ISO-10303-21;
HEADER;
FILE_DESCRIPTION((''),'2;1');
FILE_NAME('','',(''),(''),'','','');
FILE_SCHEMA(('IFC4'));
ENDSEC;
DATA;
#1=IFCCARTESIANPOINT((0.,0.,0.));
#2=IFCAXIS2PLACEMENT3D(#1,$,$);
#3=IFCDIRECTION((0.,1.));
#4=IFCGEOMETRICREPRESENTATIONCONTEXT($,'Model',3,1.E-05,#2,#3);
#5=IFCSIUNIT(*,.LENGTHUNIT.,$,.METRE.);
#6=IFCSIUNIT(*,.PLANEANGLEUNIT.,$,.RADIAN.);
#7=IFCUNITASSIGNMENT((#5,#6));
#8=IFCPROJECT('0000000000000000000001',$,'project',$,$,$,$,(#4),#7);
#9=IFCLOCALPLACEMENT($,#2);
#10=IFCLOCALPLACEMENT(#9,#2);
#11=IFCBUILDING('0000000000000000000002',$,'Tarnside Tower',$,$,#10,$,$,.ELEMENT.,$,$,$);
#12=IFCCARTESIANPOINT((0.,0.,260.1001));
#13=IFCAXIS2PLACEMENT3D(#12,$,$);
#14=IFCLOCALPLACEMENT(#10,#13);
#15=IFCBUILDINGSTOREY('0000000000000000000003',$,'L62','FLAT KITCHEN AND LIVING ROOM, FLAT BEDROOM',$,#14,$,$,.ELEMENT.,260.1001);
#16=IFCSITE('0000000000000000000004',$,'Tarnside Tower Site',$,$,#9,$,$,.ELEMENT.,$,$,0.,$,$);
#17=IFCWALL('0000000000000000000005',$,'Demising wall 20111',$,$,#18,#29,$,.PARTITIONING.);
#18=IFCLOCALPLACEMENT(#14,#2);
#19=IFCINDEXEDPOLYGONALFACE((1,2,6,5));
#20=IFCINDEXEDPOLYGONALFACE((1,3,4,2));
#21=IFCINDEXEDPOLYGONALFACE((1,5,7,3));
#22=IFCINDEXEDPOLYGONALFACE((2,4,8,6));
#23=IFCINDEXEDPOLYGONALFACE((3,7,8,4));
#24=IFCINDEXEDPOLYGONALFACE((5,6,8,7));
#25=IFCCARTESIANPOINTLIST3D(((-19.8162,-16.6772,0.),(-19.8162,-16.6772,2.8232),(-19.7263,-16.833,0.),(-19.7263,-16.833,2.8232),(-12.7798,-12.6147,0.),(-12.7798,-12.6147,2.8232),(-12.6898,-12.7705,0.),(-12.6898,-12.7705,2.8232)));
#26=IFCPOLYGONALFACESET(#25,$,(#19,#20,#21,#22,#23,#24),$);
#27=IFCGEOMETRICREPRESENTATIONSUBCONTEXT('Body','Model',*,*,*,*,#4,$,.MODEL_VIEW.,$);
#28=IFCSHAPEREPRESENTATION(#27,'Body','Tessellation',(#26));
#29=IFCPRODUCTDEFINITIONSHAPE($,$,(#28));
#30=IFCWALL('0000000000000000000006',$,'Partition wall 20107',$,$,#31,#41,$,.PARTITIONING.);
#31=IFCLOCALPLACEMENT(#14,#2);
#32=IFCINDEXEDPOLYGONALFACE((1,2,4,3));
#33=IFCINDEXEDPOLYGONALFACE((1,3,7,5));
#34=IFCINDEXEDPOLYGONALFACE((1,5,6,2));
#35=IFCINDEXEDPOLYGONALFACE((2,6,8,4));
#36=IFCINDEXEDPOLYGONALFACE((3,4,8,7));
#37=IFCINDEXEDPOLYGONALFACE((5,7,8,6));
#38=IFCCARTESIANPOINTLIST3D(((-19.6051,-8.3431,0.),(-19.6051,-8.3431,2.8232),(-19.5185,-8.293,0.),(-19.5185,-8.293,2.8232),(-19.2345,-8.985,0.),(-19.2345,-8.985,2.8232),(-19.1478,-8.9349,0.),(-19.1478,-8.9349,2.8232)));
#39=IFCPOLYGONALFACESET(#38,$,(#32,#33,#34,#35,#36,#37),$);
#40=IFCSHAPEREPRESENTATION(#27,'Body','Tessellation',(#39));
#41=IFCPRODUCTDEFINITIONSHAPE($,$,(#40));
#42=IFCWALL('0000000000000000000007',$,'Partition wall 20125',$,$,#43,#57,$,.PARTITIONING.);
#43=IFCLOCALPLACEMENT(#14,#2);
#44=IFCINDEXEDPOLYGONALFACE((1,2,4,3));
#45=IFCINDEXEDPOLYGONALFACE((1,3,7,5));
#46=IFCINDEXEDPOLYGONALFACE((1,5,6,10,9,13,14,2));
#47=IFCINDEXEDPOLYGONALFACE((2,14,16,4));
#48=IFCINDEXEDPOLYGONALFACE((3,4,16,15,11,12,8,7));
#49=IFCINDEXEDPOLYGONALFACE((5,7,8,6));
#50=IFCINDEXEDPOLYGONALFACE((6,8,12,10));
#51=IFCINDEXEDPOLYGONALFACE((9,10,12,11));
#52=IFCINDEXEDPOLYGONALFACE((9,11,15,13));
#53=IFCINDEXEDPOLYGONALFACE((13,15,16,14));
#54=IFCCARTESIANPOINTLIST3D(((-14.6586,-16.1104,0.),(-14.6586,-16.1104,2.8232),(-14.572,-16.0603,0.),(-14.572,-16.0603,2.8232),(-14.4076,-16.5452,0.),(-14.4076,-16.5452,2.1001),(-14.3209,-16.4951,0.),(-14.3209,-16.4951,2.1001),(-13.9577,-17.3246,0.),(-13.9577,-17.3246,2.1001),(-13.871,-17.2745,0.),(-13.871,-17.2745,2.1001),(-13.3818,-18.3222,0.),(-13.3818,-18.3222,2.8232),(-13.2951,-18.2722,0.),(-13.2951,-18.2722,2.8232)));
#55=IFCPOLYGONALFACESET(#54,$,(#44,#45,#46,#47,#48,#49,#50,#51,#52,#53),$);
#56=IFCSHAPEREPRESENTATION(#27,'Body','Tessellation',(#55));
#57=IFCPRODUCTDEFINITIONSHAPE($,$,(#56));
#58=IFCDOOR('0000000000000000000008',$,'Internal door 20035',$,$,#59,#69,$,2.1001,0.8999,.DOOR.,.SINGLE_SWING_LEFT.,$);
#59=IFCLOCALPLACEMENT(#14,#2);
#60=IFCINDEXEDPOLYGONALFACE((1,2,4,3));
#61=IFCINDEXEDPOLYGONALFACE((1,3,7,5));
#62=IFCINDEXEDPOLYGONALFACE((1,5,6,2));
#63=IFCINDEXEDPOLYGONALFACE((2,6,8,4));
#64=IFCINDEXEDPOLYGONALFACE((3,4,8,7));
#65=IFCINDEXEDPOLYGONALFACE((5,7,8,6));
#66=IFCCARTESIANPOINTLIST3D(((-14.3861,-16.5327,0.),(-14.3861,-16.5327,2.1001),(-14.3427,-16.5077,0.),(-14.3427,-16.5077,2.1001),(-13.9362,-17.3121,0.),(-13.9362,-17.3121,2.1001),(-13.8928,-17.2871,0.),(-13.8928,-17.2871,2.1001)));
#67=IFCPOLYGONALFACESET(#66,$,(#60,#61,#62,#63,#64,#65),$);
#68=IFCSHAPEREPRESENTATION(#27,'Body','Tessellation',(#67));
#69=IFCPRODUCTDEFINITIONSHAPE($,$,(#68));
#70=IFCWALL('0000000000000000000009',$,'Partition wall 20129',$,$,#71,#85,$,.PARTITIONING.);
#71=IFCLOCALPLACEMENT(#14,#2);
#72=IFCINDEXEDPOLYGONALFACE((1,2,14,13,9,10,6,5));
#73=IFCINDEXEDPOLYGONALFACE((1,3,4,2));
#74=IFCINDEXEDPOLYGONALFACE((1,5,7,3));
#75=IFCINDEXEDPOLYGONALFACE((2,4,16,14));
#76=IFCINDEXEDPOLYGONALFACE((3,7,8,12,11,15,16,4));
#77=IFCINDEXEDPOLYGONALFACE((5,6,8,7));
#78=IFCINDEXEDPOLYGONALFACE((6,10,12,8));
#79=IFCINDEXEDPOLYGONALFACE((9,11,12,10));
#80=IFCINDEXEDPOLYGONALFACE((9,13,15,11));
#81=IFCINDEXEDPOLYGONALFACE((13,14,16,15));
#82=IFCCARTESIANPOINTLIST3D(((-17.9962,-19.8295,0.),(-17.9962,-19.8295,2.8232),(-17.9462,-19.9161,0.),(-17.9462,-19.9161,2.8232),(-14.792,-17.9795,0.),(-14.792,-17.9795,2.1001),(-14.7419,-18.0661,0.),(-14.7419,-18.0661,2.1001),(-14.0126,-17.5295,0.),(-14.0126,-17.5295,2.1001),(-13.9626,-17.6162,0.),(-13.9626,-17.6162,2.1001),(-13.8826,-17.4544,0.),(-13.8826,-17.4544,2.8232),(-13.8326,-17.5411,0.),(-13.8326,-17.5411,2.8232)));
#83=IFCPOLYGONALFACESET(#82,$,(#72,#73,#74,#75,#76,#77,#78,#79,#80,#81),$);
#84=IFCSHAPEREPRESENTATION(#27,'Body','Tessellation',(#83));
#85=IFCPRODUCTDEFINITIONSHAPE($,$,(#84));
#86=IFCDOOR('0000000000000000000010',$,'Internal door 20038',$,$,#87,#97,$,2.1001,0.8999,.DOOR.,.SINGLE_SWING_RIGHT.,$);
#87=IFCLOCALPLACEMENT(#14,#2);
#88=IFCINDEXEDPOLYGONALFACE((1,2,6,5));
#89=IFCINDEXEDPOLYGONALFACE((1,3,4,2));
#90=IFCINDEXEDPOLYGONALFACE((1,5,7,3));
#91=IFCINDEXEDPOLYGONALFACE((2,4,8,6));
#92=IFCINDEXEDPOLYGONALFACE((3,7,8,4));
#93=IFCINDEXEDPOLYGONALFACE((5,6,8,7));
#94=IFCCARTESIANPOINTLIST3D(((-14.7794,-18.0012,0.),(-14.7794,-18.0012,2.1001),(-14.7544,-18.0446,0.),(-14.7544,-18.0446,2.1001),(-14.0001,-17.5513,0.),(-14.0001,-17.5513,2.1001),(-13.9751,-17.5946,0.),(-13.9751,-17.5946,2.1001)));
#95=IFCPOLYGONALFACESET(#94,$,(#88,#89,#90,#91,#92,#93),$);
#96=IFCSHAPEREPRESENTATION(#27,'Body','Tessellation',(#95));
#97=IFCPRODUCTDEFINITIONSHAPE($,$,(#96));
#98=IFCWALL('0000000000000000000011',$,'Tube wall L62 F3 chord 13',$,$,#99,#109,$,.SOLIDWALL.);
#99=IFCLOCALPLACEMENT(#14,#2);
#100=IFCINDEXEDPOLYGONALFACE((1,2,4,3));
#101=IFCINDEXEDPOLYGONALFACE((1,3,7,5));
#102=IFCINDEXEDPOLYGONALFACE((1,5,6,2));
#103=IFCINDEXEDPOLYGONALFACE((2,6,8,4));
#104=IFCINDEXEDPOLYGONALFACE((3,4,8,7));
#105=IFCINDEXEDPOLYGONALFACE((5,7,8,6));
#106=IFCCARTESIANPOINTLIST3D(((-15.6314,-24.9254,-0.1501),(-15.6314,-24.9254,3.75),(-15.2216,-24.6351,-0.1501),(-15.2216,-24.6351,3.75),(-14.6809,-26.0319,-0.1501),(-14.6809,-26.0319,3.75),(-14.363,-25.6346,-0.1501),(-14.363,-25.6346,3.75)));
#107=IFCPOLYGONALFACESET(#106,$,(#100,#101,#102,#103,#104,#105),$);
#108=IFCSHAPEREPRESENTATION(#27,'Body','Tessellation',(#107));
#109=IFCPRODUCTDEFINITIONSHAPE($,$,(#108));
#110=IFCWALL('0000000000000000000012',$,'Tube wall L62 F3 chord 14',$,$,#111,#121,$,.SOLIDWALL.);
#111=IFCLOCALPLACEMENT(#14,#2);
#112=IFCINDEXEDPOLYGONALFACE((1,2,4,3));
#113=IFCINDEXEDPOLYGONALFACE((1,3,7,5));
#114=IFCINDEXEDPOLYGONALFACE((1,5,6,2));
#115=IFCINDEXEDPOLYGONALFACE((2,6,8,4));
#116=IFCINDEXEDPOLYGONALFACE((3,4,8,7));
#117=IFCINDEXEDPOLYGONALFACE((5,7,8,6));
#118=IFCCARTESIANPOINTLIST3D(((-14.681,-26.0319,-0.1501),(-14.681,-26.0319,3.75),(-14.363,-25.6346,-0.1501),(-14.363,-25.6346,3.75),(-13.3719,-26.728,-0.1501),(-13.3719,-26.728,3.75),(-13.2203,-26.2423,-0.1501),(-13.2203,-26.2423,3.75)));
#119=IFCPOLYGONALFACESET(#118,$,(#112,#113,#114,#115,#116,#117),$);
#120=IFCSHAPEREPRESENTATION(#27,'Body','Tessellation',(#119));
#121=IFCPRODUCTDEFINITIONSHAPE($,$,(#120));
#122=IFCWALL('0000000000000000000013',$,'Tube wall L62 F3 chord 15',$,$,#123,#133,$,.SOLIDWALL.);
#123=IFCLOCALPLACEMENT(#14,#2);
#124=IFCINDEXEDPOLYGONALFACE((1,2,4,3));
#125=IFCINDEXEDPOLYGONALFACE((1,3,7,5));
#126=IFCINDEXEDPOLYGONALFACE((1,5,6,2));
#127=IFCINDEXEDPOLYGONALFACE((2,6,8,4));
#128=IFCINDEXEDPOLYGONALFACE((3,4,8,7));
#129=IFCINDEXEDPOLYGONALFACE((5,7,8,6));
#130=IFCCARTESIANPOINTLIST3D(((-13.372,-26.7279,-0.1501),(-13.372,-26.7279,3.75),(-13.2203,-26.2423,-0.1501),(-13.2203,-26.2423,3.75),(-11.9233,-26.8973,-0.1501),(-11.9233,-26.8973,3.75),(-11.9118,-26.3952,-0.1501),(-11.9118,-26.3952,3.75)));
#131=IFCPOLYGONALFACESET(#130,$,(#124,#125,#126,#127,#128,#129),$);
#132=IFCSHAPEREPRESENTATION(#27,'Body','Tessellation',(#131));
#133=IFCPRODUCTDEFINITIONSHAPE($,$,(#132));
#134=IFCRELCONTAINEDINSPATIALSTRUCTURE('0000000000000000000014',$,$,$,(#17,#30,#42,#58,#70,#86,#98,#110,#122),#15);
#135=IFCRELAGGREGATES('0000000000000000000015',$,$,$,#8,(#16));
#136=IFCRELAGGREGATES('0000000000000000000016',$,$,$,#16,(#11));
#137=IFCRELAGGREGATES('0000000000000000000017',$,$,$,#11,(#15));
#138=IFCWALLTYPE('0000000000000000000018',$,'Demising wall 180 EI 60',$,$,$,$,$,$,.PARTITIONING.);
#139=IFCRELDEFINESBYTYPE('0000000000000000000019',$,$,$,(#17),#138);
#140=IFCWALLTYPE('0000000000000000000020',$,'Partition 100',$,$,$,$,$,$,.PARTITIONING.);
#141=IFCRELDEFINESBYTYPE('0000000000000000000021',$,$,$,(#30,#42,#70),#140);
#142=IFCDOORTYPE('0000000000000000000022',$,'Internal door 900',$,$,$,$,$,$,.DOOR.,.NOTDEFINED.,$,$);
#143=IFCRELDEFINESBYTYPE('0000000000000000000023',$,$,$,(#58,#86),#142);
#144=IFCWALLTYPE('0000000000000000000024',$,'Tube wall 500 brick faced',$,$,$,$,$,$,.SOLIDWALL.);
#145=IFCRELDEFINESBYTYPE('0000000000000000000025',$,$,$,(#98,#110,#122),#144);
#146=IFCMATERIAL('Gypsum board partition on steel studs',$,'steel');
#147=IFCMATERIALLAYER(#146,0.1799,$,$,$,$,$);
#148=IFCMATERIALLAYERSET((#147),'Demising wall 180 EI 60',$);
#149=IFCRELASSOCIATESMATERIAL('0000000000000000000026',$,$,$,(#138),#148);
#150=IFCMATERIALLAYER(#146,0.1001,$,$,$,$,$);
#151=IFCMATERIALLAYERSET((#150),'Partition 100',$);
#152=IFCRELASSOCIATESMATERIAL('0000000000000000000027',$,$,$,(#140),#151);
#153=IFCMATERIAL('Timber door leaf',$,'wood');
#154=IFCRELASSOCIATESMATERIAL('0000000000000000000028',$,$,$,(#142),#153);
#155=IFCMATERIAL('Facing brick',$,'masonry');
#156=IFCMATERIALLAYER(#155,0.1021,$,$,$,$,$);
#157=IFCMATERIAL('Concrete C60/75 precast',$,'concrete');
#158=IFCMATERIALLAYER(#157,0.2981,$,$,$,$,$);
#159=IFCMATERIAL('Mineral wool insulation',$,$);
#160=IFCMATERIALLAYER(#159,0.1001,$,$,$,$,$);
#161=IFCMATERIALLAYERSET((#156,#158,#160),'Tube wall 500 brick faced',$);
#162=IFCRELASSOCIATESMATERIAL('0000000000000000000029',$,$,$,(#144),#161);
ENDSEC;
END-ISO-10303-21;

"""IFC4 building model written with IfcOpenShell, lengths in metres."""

from ifc_helpers import new_model, si_unit, direction, frame, frame_2d, origin, place, context, subcontext, project, spatial, polyline, rectangle, outline, extrude, material, layer, layer_set, type_object, element, fill, save


model = new_model("IFC4")

# Units and contexts
model_context = context("Model", 3, precision=1e-05, world=origin(), true_north=direction((0.0, 1.0)))
body_context = subcontext(model_context, "Body", "Model", "MODEL_VIEW")
ifc_project = project(units=[si_unit("LENGTHUNIT", "METRE"), si_unit("PLANEANGLEUNIT", "RADIAN")], contexts=[model_context])

# Site, building, storey
site_placement = place(None, origin())
site = spatial("IfcSite", under=ifc_project, at=site_placement, Name="Tarnside Tower Site", CompositionType="ELEMENT", RefElevation=0.0)
building_placement = place(site_placement, origin())
building = spatial("IfcBuilding", under=site, at=building_placement, Name="Tarnside Tower", CompositionType="ELEMENT")
storey_placement = place(building_placement, frame((0.0, 0.0, 260.1001)))
storey = spatial("IfcBuildingStorey", under=building, at=storey_placement, Name="L62", Description="FLAT KITCHEN AND LIVING ROOM, FLAT BEDROOM", CompositionType="ELEMENT", Elevation=260.1001)

# Shared definitions
ifc_material_1 = material(Name="Gypsum board partition on steel studs", Category="steel")

# Shared definitions
ifc_material_2 = material(Name="Timber door leaf", Category="wood")

# Walls
ifc_layer_1 = layer(ifc_material_1, 0.1799)
ifc_layer_set_1 = layer_set([ifc_layer_1], Name="Demising wall 180 EI 60")
wall_type_1 = type_object("IfcWallType", Name="Demising wall 180 EI 60", PredefinedType="PARTITIONING", material=ifc_layer_set_1)
wall_1_placement = place(storey_placement, frame((-19.7712, -16.7551, 0.0), z_axis=(0.0, 0.0, 1.0), x_axis=(0.866023, 0.500004, 0.0)))
element("IfcWall", 1, at=wall_1_placement, inside=storey, type_object=wall_type_1, Name="Demising wall 20111", PredefinedType="PARTITIONING", context=body_context, shape_type="SweptSolid", body=[
    extrude(rectangle(XDim=8.125, YDim=0.1799, at=frame_2d((4.0625, 0.0))), origin(), (0.0, 0.0, 1.0), 2.8232),
])
ifc_layer_2 = layer(ifc_material_1, 0.1001)
ifc_layer_set_2 = layer_set([ifc_layer_2], Name="Partition 100")
wall_type_2 = type_object("IfcWallType", Name="Partition 100", PredefinedType="PARTITIONING", material=ifc_layer_set_2)
wall_2_placement = place(storey_placement, frame((-19.1912, -8.96, 0.0), z_axis=(0.0, 0.0, 1.0), x_axis=(-0.500036, 0.866005, 0.0)))
element("IfcWall", 2, at=wall_2_placement, inside=storey, type_object=wall_type_2, Name="Partition wall 20107", PredefinedType="PARTITIONING", context=body_context, shape_type="SweptSolid", body=[
    extrude(rectangle(XDim=0.7412, YDim=0.1001, at=frame_2d((0.3706, 0.0))), origin(), (0.0, 0.0, 1.0), 2.8232),
])

# Walls, openings, doors
wall_3_placement = place(storey_placement, frame((-14.6152, -16.0854, 0.0), z_axis=(0.0, 0.0, 1.0), x_axis=(0.499943, -0.866058, 0.0)))
wall_3 = element("IfcWall", 3, at=wall_3_placement, inside=storey, type_object=wall_type_2, Name="Partition wall 20125", PredefinedType="PARTITIONING", context=body_context, shape_type="SweptSolid", body=[
    extrude(rectangle(XDim=2.554, YDim=0.1001, at=frame_2d((1.2769, 0.0))), origin(), (0.0, 0.0, 1.0), 2.8232),
])
opening_1_placement = place(wall_3_placement, frame((0.502, 0.0, 0.0)))
opening_1 = element("IfcOpeningElement", 4, at=opening_1_placement, cuts=wall_3, PredefinedType="OPENING", context=body_context, shape_type="SweptSolid", body=[
    extrude(rectangle(XDim=0.8999, YDim=2.1001, at=frame_2d((0.45, 1.05))), frame((0.0, 0.0601, 0.0), z_axis=(0.0, -1.0, 0.0), x_axis=(1.0, 0.0, 0.0)), (0.0, 0.0, 1.0), 0.1201),
])
door_type_1 = type_object("IfcDoorType", Name="Internal door 900", OperationType="NOTDEFINED", PredefinedType="DOOR", material=ifc_material_2)
door_1_placement = place(opening_1_placement, origin())
door_1 = element("IfcDoor", 5, at=door_1_placement, inside=storey, type_object=door_type_1, Name="Internal door 20035", OperationType="SINGLE_SWING_LEFT", OverallHeight=2.1001, OverallWidth=0.8999, PredefinedType="DOOR", context=body_context, shape_type="SweptSolid", body=[
    extrude(rectangle(XDim=0.8999, YDim=2.1001, at=frame_2d((0.45, 1.05))), frame((0.0, 0.0249, 0.0), z_axis=(0.0, -1.0, 0.0), x_axis=(1.0, 0.0, 0.0)), (0.0, 0.0, 1.0), 0.05),
])
fill(opening_1, door_1)
wall_4_placement = place(storey_placement, frame((-17.9712, -19.8728, 0.0), z_axis=(0.0, 0.0, 1.0), x_axis=(0.86602, 0.500009, 0.0)))
wall_4 = element("IfcWall", 6, at=wall_4_placement, inside=storey, type_object=wall_type_2, Name="Partition wall 20129", PredefinedType="PARTITIONING", context=body_context, shape_type="SweptSolid", body=[
    extrude(rectangle(XDim=4.75, YDim=0.1001, at=frame_2d((2.375, 0.0))), origin(), (0.0, 0.0, 1.0), 2.8232),
])
opening_2_placement = place(wall_4_placement, frame((3.7, 0.0, 0.0)))
opening_2 = element("IfcOpeningElement", 7, at=opening_2_placement, cuts=wall_4, PredefinedType="OPENING", context=body_context, shape_type="SweptSolid", body=[
    extrude(rectangle(XDim=0.8999, YDim=2.1001, at=frame_2d((0.45, 1.05))), frame((0.0, 0.0601, 0.0), z_axis=(0.0, -1.0, 0.0), x_axis=(1.0, 0.0, 0.0)), (0.0, 0.0, 1.0), 0.1201),
])
door_2_placement = place(opening_2_placement, origin())
door_2 = element("IfcDoor", 8, at=door_2_placement, inside=storey, type_object=door_type_1, Name="Internal door 20038", OperationType="SINGLE_SWING_RIGHT", OverallHeight=2.1001, OverallWidth=0.8999, PredefinedType="DOOR", context=body_context, shape_type="SweptSolid", body=[
    extrude(rectangle(XDim=0.8999, YDim=2.1001, at=frame_2d((0.45, 1.05))), frame((0.0, 0.0249, 0.0), z_axis=(0.0, -1.0, 0.0), x_axis=(1.0, 0.0, 0.0)), (0.0, 0.0, 1.0), 0.05),
])
fill(opening_2, door_2)

# Walls
ifc_material_3 = material(Name="Facing brick", Category="masonry")
ifc_layer_3 = layer(ifc_material_3, 0.1021)
ifc_material_4 = material(Name="Concrete C60/75 precast", Category="concrete")
ifc_layer_4 = layer(ifc_material_4, 0.2981)
ifc_material_5 = material(Name="Mineral wool insulation")
ifc_layer_5 = layer(ifc_material_5, 0.1001)
ifc_layer_set_3 = layer_set([ifc_layer_3, ifc_layer_4, ifc_layer_5], Name="Tube wall 500 brick faced")
wall_type_3 = type_object("IfcWallType", Name="Tube wall 500 brick faced", PredefinedType="SOLIDWALL", material=ifc_layer_set_3)
wall_5_placement = place(storey_placement, frame((-15.4265, -24.7803, -0.1501), z_axis=(0.0, 0.0, 1.0), x_axis=(0.651617, -0.758549, 0.0)))
element("IfcWall", 9, at=wall_5_placement, inside=storey, type_object=wall_type_3, Name="Tube wall L62 F3 chord 13", PredefinedType="SOLIDWALL", context=body_context, shape_type="SweptSolid", body=[
    extrude(outline(polyline([(-0.0234, -0.25), (1.4353, -0.25), (1.3411, 0.25), (0.0234, 0.25), (-0.0234, -0.25)])), origin(), (0.0, 0.0, 1.0), 3.9001),
])
wall_6_placement = place(storey_placement, frame((-14.522, -25.8333, -0.1501), z_axis=(0.0, 0.0, 1.0), x_axis=(0.882927, -0.469511, 0.0)))
element("IfcWall", 10, at=wall_6_placement, inside=storey, type_object=wall_type_3, Name="Tube wall L62 F3 chord 14", PredefinedType="SOLIDWALL", context=body_context, shape_type="SweptSolid", body=[
    extrude(outline(polyline([(-0.0471, -0.25), (1.4355, -0.25), (1.3413, 0.25), (0.0471, 0.25), (-0.0471, -0.25)])), origin(), (0.0, 0.0, 1.0), 3.9001),
])
wall_7_placement = place(storey_placement, frame((-13.2961, -26.4851, -0.1501), z_axis=(0.0, 0.0, 1.0), x_axis=(0.993239, -0.116086, 0.0)))
element("IfcWall", 11, at=wall_7_placement, inside=storey, type_object=wall_type_3, Name="Tube wall L62 F3 chord 15", PredefinedType="SOLIDWALL", context=body_context, shape_type="SweptSolid", body=[
    extrude(outline(polyline([(-0.0471, -0.25), (1.4114, -0.25), (1.3645, 0.25), (0.0471, 0.25), (-0.0471, -0.25)])), origin(), (0.0, 0.0, 1.0), 3.9001),
])

save(model, "model.ifc")
